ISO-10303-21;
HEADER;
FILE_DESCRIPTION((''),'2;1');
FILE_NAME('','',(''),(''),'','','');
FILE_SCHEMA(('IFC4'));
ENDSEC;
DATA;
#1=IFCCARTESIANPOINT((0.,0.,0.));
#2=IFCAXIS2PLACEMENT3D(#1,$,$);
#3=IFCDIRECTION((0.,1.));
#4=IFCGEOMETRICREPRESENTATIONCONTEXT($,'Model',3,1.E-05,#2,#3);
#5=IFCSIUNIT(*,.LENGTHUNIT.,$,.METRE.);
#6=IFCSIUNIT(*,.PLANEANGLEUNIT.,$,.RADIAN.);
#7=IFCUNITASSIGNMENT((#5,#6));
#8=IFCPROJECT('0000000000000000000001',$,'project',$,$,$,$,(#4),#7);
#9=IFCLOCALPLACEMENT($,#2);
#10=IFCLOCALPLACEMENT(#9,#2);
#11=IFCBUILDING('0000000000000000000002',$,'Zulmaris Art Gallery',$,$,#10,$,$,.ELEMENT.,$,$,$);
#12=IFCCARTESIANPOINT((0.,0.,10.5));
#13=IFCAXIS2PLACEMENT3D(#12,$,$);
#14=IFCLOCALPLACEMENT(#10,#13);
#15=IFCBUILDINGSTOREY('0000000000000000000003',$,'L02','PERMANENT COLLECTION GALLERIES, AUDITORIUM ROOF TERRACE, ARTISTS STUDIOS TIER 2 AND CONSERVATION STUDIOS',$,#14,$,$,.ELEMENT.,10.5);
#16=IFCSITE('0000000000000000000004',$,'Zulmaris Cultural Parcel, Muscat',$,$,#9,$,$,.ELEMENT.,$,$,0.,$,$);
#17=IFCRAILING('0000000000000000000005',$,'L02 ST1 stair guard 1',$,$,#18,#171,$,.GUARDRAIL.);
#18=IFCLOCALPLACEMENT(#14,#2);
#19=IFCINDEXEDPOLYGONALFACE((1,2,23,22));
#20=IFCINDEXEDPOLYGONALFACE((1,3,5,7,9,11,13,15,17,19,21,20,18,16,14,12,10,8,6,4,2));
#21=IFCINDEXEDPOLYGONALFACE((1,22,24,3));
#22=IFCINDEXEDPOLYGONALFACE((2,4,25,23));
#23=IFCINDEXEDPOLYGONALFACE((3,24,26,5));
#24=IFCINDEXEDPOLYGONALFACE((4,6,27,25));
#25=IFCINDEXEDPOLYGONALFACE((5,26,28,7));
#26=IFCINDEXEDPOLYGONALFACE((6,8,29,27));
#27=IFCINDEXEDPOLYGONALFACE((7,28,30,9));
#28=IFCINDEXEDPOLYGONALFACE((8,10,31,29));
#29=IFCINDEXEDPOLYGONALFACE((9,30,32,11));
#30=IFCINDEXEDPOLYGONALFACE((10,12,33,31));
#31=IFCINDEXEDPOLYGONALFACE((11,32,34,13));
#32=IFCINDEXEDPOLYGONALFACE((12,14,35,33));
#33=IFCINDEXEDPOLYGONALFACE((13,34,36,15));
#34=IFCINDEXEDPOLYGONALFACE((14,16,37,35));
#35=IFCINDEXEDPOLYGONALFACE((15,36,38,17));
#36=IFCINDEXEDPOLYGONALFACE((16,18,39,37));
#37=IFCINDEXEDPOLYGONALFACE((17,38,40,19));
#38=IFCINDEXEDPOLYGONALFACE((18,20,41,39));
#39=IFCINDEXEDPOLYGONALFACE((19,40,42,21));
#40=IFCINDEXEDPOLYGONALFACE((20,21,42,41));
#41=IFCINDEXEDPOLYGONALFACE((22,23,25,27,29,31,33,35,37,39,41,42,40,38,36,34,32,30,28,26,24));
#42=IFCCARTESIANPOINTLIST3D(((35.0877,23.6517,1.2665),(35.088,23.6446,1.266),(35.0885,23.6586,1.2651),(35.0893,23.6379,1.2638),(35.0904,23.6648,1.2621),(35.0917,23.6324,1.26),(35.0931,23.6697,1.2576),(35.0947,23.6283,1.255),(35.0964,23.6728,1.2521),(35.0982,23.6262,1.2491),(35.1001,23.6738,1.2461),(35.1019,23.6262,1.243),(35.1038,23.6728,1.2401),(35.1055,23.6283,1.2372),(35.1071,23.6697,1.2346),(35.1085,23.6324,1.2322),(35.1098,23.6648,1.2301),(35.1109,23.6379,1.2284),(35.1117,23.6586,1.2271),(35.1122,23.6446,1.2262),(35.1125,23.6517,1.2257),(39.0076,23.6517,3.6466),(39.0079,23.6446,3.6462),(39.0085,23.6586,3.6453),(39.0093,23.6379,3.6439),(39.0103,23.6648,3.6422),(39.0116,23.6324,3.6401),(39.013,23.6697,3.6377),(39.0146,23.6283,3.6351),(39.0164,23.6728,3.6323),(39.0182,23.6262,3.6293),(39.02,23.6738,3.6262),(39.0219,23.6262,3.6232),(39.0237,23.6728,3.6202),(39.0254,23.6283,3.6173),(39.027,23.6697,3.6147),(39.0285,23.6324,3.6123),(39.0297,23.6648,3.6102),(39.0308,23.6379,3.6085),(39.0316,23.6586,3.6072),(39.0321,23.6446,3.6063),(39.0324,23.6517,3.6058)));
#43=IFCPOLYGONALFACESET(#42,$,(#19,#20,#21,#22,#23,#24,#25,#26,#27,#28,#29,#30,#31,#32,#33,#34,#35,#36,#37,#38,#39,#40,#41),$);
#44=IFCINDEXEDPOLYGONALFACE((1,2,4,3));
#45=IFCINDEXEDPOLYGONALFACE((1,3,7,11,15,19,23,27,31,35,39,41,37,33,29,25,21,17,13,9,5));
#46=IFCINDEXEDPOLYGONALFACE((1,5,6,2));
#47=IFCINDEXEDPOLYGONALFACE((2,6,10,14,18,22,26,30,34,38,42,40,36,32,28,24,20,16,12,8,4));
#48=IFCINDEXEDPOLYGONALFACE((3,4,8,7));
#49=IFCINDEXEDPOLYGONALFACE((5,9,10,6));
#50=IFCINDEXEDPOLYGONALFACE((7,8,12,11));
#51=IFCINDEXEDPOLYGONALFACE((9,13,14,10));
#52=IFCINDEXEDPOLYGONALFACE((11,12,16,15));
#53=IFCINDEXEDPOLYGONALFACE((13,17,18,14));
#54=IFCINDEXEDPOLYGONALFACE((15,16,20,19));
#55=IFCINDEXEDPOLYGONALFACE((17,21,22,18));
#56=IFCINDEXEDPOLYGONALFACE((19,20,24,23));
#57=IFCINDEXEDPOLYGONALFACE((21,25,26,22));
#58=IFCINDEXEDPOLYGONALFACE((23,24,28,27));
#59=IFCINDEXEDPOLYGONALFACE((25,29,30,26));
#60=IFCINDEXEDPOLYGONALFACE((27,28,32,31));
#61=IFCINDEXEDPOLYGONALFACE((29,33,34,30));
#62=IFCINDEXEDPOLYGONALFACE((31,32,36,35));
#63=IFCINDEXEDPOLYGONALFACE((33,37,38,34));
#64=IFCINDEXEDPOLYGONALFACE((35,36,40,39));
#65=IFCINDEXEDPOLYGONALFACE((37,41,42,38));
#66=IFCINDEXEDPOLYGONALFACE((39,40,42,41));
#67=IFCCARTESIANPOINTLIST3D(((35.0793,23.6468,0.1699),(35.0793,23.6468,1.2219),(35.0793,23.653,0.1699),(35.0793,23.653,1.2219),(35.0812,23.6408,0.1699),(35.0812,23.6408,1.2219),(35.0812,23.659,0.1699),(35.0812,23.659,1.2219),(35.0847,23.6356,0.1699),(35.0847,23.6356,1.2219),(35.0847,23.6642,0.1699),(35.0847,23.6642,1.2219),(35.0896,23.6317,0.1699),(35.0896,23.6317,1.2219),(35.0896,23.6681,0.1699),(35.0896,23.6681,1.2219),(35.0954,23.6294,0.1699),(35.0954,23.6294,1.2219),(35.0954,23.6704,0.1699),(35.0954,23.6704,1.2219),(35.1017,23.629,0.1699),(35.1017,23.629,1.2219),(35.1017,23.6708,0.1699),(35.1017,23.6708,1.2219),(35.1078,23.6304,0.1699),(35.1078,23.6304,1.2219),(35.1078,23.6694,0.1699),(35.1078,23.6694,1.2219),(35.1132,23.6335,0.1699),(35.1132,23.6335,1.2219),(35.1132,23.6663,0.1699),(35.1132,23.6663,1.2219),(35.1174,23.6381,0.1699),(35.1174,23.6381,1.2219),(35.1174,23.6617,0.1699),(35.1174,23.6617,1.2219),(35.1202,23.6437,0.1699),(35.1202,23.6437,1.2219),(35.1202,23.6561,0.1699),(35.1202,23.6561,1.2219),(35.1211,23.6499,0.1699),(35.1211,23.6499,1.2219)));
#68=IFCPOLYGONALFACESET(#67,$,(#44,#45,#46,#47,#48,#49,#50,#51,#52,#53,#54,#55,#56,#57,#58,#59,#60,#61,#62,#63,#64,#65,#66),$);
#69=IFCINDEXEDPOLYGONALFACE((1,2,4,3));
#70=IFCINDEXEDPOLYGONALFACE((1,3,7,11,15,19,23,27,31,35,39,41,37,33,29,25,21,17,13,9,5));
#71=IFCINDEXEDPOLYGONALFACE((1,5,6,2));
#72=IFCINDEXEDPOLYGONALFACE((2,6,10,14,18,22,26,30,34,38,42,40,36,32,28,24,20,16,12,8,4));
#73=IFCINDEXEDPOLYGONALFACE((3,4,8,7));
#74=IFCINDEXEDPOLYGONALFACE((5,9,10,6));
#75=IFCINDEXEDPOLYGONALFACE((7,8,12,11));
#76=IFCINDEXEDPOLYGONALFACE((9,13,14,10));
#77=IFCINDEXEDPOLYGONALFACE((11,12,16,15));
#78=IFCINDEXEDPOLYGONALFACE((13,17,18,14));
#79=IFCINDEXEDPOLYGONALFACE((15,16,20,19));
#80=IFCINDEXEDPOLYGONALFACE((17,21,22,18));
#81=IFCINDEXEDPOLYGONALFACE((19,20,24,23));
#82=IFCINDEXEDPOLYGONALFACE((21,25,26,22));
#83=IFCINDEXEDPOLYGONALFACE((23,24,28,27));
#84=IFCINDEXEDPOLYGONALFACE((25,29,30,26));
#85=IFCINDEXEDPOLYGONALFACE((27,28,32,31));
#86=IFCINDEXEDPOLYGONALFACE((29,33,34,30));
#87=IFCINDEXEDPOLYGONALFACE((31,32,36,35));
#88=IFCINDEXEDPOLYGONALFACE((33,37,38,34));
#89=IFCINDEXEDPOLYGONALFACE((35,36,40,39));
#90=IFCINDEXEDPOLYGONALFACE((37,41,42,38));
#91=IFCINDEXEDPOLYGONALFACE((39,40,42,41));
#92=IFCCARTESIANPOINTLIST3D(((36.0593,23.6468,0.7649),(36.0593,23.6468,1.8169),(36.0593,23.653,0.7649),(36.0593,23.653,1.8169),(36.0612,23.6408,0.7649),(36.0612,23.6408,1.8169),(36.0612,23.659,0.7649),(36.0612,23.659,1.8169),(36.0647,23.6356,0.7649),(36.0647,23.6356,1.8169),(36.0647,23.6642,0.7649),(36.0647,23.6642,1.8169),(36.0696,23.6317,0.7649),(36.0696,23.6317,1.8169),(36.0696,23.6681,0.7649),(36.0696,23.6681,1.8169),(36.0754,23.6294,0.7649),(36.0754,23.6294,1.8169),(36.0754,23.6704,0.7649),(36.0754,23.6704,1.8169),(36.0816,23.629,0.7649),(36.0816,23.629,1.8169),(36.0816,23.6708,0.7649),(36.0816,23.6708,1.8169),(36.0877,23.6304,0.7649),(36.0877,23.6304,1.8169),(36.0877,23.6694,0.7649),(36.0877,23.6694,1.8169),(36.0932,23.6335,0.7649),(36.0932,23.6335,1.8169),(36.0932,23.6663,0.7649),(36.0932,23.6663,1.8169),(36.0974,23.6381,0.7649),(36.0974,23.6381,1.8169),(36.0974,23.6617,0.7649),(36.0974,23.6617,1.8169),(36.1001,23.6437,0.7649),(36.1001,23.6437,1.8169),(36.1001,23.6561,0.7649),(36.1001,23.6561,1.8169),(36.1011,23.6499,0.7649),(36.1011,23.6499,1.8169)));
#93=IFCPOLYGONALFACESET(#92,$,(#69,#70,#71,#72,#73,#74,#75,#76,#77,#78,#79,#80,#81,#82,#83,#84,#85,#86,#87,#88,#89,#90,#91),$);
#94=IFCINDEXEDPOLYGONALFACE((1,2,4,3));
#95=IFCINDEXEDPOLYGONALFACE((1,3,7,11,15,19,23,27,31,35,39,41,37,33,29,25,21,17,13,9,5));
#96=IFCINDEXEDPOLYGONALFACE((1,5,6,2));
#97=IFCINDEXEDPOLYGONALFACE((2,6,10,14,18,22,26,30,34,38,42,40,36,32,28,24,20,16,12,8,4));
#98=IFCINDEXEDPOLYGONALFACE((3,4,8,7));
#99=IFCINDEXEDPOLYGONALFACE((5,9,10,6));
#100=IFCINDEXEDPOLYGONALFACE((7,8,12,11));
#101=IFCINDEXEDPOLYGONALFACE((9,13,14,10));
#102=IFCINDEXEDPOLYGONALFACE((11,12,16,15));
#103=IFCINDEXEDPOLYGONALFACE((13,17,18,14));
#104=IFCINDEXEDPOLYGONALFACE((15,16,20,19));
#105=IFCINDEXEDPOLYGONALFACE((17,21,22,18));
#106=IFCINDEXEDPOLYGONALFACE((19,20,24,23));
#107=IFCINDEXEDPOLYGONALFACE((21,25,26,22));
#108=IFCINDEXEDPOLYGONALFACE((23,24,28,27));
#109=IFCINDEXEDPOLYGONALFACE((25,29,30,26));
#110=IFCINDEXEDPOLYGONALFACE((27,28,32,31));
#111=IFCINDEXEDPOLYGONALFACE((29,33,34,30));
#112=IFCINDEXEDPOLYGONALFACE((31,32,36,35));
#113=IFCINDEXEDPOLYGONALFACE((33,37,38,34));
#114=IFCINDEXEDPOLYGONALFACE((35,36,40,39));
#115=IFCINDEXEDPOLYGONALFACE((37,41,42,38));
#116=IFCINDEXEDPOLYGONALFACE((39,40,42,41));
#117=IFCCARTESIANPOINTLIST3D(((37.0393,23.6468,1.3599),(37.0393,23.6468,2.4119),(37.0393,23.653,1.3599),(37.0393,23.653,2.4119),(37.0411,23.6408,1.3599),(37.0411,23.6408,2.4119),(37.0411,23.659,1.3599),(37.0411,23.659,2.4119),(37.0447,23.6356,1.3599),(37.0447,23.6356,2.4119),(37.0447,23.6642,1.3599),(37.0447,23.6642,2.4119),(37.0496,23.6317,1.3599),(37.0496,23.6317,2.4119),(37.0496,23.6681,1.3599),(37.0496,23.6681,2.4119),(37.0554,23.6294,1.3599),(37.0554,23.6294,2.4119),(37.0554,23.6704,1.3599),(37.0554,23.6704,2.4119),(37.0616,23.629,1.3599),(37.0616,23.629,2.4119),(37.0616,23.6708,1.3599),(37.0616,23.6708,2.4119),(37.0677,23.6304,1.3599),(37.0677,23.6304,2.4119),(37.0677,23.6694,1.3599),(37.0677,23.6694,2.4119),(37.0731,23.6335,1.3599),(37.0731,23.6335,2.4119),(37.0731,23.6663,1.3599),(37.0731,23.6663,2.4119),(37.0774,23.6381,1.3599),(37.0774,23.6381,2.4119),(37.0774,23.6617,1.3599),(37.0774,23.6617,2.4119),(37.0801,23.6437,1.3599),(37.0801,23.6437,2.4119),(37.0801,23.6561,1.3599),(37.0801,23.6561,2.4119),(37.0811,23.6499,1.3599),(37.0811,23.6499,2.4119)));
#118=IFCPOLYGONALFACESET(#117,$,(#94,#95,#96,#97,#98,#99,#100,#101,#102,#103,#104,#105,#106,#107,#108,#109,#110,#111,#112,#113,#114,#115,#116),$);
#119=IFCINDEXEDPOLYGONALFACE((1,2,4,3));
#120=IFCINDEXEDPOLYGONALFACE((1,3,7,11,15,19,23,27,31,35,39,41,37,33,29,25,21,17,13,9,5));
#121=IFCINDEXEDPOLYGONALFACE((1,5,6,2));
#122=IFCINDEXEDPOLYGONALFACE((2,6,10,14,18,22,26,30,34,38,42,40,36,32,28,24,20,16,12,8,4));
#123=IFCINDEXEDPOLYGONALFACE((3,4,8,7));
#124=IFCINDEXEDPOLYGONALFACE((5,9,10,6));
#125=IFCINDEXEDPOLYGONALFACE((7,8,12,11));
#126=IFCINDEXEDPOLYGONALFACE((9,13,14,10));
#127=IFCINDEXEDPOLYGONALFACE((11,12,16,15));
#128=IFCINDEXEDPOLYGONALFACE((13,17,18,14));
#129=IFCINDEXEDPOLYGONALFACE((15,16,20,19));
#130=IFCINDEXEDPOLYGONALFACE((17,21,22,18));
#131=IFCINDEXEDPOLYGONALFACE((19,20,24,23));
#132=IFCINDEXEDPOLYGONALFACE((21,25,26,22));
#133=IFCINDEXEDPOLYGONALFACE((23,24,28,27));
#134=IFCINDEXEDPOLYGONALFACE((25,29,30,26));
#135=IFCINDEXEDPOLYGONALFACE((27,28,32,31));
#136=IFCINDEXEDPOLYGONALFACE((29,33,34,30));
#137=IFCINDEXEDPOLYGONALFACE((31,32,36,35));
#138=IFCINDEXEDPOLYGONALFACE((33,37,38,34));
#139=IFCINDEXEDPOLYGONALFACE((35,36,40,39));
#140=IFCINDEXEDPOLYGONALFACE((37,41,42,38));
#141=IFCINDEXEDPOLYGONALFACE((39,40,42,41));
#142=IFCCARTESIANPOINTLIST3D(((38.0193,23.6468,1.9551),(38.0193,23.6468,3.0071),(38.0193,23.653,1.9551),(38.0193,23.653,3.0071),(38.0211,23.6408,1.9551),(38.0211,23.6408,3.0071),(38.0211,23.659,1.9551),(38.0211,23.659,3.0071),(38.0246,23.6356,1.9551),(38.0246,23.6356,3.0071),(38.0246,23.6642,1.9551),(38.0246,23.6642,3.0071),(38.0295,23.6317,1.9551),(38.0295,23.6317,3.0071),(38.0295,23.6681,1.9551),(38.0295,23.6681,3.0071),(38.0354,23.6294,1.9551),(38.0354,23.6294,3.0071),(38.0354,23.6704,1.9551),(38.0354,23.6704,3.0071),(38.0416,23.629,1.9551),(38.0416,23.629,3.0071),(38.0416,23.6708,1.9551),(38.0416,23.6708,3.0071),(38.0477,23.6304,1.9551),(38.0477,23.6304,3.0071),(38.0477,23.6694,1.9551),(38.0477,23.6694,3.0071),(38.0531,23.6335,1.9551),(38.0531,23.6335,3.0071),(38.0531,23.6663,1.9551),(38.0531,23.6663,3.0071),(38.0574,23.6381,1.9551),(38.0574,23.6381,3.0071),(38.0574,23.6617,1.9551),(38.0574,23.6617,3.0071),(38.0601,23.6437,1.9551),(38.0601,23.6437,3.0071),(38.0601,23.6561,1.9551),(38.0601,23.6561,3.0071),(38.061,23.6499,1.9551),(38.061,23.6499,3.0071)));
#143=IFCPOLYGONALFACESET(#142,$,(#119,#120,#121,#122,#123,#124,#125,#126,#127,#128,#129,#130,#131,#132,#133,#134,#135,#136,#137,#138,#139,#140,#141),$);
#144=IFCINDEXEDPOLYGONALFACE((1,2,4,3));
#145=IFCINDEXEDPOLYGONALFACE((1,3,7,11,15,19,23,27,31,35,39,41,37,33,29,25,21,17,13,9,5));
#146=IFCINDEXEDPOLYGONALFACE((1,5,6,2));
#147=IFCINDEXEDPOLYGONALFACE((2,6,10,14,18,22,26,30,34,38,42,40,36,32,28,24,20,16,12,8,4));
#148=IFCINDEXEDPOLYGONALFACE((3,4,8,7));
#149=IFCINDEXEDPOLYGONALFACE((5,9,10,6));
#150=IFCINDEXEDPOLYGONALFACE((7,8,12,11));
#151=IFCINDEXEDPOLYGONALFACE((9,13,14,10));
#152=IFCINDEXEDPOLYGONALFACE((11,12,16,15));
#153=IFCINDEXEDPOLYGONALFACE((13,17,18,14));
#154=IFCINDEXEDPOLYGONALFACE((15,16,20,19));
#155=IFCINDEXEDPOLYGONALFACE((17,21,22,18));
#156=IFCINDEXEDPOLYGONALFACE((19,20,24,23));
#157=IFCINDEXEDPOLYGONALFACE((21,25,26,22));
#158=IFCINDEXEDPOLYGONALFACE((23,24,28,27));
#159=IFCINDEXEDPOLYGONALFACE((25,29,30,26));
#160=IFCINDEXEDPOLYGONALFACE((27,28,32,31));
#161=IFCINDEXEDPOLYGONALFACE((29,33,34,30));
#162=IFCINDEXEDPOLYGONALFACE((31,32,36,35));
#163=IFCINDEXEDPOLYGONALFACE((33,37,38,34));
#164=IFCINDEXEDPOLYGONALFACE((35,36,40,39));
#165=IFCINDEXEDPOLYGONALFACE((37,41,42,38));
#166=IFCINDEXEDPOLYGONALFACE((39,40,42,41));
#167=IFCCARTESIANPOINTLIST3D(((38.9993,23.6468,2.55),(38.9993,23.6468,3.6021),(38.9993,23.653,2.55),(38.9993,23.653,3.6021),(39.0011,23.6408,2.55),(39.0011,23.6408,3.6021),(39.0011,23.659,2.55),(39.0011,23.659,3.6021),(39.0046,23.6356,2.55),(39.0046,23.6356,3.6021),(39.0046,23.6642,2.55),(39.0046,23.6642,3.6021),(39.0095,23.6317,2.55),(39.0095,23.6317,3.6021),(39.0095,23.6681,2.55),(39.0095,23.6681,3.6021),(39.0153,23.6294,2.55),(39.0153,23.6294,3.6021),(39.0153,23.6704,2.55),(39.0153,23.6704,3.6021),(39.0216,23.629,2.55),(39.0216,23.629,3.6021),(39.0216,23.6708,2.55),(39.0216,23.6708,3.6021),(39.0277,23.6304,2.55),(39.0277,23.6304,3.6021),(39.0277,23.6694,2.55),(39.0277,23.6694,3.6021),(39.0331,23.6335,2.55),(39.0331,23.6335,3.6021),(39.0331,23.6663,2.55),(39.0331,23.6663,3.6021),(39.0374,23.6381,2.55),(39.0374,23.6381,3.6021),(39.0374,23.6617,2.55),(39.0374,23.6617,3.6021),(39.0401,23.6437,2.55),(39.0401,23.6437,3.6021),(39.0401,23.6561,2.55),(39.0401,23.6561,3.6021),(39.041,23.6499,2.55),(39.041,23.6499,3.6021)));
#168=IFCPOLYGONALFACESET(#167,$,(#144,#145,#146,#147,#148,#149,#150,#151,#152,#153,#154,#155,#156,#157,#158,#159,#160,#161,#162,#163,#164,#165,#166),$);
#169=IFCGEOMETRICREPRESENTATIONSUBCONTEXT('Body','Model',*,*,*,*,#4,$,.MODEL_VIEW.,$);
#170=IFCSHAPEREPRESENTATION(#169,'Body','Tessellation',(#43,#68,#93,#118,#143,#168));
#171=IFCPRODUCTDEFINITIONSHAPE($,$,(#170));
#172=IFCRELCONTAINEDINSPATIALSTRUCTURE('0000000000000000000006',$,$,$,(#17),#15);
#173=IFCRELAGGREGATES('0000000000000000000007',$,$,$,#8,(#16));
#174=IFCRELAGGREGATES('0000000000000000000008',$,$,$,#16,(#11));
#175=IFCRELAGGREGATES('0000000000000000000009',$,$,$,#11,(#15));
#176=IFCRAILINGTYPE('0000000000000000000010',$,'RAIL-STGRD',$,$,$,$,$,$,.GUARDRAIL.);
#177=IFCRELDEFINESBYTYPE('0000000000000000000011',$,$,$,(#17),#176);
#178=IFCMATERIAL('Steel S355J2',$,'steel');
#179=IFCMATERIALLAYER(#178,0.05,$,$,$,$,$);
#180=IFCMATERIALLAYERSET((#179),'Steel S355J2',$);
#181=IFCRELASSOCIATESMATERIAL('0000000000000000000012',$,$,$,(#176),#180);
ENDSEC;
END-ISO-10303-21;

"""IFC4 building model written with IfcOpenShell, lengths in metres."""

from ifc_helpers import new_model, si_unit, direction, frame, origin, origin_2d, place, context, subcontext, project, spatial, circle, extrude, material, layer, layer_set, type_object, element, save


model = new_model("IFC4")

# Units and contexts
model_context = context("Model", 3, precision=1e-05, world=origin(), true_north=direction((0.0, 1.0)))
body_context = subcontext(model_context, "Body", "Model", "MODEL_VIEW")
ifc_project = project(units=[si_unit("LENGTHUNIT", "METRE"), si_unit("PLANEANGLEUNIT", "RADIAN")], contexts=[model_context])

# Site, building, storey
site_placement = place(None, origin())
site = spatial("IfcSite", under=ifc_project, at=site_placement, Name="Zulmaris Cultural Parcel, Muscat", CompositionType="ELEMENT", RefElevation=0.0)
building_placement = place(site_placement, origin())
building = spatial("IfcBuilding", under=site, at=building_placement, Name="Zulmaris Art Gallery", CompositionType="ELEMENT")
storey_placement = place(building_placement, frame((0.0, 0.0, 10.5)))
storey = spatial("IfcBuildingStorey", under=building, at=storey_placement, Name="L02", Description="PERMANENT COLLECTION GALLERIES, AUDITORIUM ROOF TERRACE, ARTISTS STUDIOS TIER 2 AND CONSERVATION STUDIOS", CompositionType="ELEMENT", Elevation=10.5)

# Shared definitions
ifc_material_1 = material(Name="Steel S355J2", Category="steel")

# Railing
ifc_layer_1 = layer(ifc_material_1, 0.05)
ifc_layer_set_1 = layer_set([ifc_layer_1], Name="Steel S355J2")
railing_type_1 = type_object("IfcRailingType", Name="RAIL-STGRD", PredefinedType="GUARDRAIL", material=ifc_layer_set_1)
railing_1_placement = place(storey_placement, frame((35.1001, 23.6499, 0.1699)))
element("IfcRailing", 1, at=railing_1_placement, inside=storey, type_object=railing_type_1, Name="L02 ST1 stair guard 1", PredefinedType="GUARDRAIL", context=body_context, shape_type="SweptSolid", body=[
    extrude(circle(Radius=0.0239, at=origin_2d()), frame((0.0, 0.0, 1.0762), z_axis=(0.854771, 0.0, 0.519006), x_axis=(0.0, 1.0, 0.0)), (0.0, 0.0, 1.0), 4.5859),
    extrude(circle(Radius=0.021, at=origin_2d()), origin(), (0.0, 0.0, 1.0), 1.052),
    extrude(circle(Radius=0.021, at=origin_2d()), frame((0.98, 0.0, 0.595)), (0.0, 0.0, 1.0), 1.052),
    extrude(circle(Radius=0.021, at=origin_2d()), frame((1.96, 0.0, 1.1899)), (0.0, 0.0, 1.0), 1.052),
    extrude(circle(Radius=0.021, at=origin_2d()), frame((2.9399, 0.0, 1.7852)), (0.0, 0.0, 1.0), 1.052),
    extrude(circle(Radius=0.021, at=origin_2d()), frame((3.9199, 0.0, 2.3801)), (0.0, 0.0, 1.0), 1.052),
])

save(model, "model.ifc")
